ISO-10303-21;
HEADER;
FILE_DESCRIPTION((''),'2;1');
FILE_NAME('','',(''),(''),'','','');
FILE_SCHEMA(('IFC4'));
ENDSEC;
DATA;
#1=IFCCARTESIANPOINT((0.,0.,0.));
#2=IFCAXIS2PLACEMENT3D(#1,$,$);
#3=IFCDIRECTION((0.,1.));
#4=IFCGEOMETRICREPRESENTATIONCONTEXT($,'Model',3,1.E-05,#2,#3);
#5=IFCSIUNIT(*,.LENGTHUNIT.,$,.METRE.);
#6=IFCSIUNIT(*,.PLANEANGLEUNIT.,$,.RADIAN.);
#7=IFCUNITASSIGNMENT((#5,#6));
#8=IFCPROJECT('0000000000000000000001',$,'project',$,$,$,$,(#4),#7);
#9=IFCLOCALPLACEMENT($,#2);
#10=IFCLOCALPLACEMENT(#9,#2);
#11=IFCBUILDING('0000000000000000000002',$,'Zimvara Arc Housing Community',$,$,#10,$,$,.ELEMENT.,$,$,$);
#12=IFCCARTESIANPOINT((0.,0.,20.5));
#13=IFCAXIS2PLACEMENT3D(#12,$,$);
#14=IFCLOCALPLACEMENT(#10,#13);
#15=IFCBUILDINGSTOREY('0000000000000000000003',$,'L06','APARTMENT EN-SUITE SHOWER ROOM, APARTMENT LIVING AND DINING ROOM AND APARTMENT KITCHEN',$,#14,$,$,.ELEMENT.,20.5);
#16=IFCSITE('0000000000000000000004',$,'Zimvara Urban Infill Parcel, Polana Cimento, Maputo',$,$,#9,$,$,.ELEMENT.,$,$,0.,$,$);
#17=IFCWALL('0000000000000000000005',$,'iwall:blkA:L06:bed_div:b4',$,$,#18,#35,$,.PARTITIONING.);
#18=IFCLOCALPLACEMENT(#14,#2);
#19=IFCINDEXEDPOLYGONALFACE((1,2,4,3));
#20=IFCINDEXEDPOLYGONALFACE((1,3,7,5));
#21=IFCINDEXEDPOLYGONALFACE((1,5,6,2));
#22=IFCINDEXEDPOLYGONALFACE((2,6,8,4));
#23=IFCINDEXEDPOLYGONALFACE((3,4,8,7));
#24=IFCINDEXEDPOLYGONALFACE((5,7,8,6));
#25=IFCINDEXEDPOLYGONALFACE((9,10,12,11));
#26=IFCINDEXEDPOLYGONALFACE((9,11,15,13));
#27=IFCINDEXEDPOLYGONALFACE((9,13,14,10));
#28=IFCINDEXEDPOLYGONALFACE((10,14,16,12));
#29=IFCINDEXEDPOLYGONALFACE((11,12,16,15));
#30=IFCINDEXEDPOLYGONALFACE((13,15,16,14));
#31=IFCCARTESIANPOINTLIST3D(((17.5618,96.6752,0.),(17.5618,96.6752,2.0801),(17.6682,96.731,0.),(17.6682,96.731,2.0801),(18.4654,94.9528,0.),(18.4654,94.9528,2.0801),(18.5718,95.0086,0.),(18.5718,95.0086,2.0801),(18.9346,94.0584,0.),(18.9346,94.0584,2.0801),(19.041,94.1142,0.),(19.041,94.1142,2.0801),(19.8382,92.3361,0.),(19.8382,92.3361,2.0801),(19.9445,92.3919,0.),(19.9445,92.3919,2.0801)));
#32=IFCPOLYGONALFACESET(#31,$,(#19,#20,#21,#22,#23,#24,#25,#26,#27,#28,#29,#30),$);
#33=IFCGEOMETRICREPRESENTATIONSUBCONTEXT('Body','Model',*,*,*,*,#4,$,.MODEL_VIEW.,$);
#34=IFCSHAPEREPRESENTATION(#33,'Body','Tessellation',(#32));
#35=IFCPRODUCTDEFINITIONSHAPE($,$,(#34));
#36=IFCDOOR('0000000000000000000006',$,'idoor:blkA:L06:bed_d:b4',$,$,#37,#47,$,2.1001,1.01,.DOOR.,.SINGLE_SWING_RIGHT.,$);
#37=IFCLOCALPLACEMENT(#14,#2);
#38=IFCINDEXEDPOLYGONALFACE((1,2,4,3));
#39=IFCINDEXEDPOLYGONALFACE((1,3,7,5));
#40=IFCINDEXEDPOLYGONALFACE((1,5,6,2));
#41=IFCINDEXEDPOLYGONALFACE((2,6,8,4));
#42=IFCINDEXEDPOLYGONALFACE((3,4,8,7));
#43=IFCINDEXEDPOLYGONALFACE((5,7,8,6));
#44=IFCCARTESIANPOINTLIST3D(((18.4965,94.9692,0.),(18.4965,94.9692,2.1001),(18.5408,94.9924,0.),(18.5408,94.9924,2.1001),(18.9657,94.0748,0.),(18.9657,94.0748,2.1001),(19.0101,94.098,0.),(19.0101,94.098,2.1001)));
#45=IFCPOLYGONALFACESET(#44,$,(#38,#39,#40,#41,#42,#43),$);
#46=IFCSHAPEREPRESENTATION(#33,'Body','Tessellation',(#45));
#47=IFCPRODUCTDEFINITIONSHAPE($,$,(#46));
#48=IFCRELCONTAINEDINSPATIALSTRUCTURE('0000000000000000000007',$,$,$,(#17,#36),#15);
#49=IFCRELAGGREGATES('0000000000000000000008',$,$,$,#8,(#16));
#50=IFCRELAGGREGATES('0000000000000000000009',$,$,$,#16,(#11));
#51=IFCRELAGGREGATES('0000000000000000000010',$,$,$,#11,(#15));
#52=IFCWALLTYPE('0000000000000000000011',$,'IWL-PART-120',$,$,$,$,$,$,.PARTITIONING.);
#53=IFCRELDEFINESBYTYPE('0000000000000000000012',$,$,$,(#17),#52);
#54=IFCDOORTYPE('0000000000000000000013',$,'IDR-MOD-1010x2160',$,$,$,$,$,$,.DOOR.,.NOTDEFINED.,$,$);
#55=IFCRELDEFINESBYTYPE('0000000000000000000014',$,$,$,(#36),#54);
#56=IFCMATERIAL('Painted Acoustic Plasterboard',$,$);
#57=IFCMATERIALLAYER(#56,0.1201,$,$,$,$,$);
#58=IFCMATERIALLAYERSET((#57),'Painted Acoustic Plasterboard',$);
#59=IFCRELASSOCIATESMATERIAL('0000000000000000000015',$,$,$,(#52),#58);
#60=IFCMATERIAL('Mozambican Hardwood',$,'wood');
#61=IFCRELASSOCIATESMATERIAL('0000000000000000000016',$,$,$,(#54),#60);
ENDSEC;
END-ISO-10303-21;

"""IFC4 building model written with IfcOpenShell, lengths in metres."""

from ifc_helpers import new_model, si_unit, direction, frame, frame_2d, origin, place, context, subcontext, project, spatial, rectangle, extrude, material, layer, layer_set, type_object, element, fill, save


model = new_model("IFC4")

# Units and contexts
model_context = context("Model", 3, precision=1e-05, world=origin(), true_north=direction((0.0, 1.0)))
body_context = subcontext(model_context, "Body", "Model", "MODEL_VIEW")
ifc_project = project(units=[si_unit("LENGTHUNIT", "METRE"), si_unit("PLANEANGLEUNIT", "RADIAN")], contexts=[model_context])

# Site, building, storey
site_placement = place(None, origin())
site = spatial("IfcSite", under=ifc_project, at=site_placement, Name="Zimvara Urban Infill Parcel, Polana Cimento, Maputo", CompositionType="ELEMENT", RefElevation=0.0)
building_placement = place(site_placement, origin())
building = spatial("IfcBuilding", under=site, at=building_placement, Name="Zimvara Arc Housing Community", CompositionType="ELEMENT")
storey_placement = place(building_placement, frame((0.0, 0.0, 20.5)))
storey = spatial("IfcBuildingStorey", under=building, at=storey_placement, Name="L06", Description="APARTMENT EN-SUITE SHOWER ROOM, APARTMENT LIVING AND DINING ROOM AND APARTMENT KITCHEN", CompositionType="ELEMENT", Elevation=20.5)

# Wall, opening, door
ifc_material_1 = material(Name="Painted Acoustic Plasterboard")
ifc_layer_1 = layer(ifc_material_1, 0.1201)
ifc_layer_set_1 = layer_set([ifc_layer_1], Name="Painted Acoustic Plasterboard")
wall_type_1 = type_object("IfcWallType", Name="IWL-PART-120", PredefinedType="PARTITIONING", material=ifc_layer_set_1)
wall_1_placement = place(storey_placement, frame((19.8914, 92.364, 0.0), z_axis=(0.0, 0.0, 1.0), x_axis=(-0.464567, 0.885538, 0.0)))
wall_1 = element("IfcWall", 1, at=wall_1_placement, inside=storey, type_object=wall_type_1, Name="iwall:blkA:L06:bed_div:b4", PredefinedType="PARTITIONING", context=body_context, shape_type="SweptSolid", body=[
    extrude(rectangle(XDim=4.8999, YDim=0.1201, at=frame_2d((2.45, 0.0))), origin(), (0.0, 0.0, 1.0), 2.0801),
])
opening_1_placement = place(wall_1_placement, frame((1.9451, 0.0, 0.0)))
opening_1 = element("IfcOpeningElement", 2, at=opening_1_placement, cuts=wall_1, PredefinedType="OPENING", context=body_context, shape_type="SweptSolid", body=[
    extrude(rectangle(XDim=1.01, YDim=2.1001, at=frame_2d((0.5049, 1.05))), frame((0.0, 0.0701, 0.0), z_axis=(0.0, -1.0, 0.0), x_axis=(1.0, 0.0, 0.0)), (0.0, 0.0, 1.0), 0.1401),
])
ifc_material_2 = material(Name="Mozambican Hardwood", Category="wood")
door_type_1 = type_object("IfcDoorType", Name="IDR-MOD-1010x2160", OperationType="NOTDEFINED", PredefinedType="DOOR", material=ifc_material_2)
door_1_placement = place(opening_1_placement, origin())
door_1 = element("IfcDoor", 3, at=door_1_placement, inside=storey, type_object=door_type_1, Name="idoor:blkA:L06:bed_d:b4", OperationType="SINGLE_SWING_RIGHT", OverallHeight=2.1001, OverallWidth=1.01, PredefinedType="DOOR", context=body_context, shape_type="SweptSolid", body=[
    extrude(rectangle(XDim=1.01, YDim=2.1001, at=frame_2d((0.5049, 1.05))), frame((0.0, 0.0249, 0.0), z_axis=(0.0, -1.0, 0.0), x_axis=(1.0, 0.0, 0.0)), (0.0, 0.0, 1.0), 0.05),
])
fill(opening_1, door_1)

save(model, "model.ifc")
